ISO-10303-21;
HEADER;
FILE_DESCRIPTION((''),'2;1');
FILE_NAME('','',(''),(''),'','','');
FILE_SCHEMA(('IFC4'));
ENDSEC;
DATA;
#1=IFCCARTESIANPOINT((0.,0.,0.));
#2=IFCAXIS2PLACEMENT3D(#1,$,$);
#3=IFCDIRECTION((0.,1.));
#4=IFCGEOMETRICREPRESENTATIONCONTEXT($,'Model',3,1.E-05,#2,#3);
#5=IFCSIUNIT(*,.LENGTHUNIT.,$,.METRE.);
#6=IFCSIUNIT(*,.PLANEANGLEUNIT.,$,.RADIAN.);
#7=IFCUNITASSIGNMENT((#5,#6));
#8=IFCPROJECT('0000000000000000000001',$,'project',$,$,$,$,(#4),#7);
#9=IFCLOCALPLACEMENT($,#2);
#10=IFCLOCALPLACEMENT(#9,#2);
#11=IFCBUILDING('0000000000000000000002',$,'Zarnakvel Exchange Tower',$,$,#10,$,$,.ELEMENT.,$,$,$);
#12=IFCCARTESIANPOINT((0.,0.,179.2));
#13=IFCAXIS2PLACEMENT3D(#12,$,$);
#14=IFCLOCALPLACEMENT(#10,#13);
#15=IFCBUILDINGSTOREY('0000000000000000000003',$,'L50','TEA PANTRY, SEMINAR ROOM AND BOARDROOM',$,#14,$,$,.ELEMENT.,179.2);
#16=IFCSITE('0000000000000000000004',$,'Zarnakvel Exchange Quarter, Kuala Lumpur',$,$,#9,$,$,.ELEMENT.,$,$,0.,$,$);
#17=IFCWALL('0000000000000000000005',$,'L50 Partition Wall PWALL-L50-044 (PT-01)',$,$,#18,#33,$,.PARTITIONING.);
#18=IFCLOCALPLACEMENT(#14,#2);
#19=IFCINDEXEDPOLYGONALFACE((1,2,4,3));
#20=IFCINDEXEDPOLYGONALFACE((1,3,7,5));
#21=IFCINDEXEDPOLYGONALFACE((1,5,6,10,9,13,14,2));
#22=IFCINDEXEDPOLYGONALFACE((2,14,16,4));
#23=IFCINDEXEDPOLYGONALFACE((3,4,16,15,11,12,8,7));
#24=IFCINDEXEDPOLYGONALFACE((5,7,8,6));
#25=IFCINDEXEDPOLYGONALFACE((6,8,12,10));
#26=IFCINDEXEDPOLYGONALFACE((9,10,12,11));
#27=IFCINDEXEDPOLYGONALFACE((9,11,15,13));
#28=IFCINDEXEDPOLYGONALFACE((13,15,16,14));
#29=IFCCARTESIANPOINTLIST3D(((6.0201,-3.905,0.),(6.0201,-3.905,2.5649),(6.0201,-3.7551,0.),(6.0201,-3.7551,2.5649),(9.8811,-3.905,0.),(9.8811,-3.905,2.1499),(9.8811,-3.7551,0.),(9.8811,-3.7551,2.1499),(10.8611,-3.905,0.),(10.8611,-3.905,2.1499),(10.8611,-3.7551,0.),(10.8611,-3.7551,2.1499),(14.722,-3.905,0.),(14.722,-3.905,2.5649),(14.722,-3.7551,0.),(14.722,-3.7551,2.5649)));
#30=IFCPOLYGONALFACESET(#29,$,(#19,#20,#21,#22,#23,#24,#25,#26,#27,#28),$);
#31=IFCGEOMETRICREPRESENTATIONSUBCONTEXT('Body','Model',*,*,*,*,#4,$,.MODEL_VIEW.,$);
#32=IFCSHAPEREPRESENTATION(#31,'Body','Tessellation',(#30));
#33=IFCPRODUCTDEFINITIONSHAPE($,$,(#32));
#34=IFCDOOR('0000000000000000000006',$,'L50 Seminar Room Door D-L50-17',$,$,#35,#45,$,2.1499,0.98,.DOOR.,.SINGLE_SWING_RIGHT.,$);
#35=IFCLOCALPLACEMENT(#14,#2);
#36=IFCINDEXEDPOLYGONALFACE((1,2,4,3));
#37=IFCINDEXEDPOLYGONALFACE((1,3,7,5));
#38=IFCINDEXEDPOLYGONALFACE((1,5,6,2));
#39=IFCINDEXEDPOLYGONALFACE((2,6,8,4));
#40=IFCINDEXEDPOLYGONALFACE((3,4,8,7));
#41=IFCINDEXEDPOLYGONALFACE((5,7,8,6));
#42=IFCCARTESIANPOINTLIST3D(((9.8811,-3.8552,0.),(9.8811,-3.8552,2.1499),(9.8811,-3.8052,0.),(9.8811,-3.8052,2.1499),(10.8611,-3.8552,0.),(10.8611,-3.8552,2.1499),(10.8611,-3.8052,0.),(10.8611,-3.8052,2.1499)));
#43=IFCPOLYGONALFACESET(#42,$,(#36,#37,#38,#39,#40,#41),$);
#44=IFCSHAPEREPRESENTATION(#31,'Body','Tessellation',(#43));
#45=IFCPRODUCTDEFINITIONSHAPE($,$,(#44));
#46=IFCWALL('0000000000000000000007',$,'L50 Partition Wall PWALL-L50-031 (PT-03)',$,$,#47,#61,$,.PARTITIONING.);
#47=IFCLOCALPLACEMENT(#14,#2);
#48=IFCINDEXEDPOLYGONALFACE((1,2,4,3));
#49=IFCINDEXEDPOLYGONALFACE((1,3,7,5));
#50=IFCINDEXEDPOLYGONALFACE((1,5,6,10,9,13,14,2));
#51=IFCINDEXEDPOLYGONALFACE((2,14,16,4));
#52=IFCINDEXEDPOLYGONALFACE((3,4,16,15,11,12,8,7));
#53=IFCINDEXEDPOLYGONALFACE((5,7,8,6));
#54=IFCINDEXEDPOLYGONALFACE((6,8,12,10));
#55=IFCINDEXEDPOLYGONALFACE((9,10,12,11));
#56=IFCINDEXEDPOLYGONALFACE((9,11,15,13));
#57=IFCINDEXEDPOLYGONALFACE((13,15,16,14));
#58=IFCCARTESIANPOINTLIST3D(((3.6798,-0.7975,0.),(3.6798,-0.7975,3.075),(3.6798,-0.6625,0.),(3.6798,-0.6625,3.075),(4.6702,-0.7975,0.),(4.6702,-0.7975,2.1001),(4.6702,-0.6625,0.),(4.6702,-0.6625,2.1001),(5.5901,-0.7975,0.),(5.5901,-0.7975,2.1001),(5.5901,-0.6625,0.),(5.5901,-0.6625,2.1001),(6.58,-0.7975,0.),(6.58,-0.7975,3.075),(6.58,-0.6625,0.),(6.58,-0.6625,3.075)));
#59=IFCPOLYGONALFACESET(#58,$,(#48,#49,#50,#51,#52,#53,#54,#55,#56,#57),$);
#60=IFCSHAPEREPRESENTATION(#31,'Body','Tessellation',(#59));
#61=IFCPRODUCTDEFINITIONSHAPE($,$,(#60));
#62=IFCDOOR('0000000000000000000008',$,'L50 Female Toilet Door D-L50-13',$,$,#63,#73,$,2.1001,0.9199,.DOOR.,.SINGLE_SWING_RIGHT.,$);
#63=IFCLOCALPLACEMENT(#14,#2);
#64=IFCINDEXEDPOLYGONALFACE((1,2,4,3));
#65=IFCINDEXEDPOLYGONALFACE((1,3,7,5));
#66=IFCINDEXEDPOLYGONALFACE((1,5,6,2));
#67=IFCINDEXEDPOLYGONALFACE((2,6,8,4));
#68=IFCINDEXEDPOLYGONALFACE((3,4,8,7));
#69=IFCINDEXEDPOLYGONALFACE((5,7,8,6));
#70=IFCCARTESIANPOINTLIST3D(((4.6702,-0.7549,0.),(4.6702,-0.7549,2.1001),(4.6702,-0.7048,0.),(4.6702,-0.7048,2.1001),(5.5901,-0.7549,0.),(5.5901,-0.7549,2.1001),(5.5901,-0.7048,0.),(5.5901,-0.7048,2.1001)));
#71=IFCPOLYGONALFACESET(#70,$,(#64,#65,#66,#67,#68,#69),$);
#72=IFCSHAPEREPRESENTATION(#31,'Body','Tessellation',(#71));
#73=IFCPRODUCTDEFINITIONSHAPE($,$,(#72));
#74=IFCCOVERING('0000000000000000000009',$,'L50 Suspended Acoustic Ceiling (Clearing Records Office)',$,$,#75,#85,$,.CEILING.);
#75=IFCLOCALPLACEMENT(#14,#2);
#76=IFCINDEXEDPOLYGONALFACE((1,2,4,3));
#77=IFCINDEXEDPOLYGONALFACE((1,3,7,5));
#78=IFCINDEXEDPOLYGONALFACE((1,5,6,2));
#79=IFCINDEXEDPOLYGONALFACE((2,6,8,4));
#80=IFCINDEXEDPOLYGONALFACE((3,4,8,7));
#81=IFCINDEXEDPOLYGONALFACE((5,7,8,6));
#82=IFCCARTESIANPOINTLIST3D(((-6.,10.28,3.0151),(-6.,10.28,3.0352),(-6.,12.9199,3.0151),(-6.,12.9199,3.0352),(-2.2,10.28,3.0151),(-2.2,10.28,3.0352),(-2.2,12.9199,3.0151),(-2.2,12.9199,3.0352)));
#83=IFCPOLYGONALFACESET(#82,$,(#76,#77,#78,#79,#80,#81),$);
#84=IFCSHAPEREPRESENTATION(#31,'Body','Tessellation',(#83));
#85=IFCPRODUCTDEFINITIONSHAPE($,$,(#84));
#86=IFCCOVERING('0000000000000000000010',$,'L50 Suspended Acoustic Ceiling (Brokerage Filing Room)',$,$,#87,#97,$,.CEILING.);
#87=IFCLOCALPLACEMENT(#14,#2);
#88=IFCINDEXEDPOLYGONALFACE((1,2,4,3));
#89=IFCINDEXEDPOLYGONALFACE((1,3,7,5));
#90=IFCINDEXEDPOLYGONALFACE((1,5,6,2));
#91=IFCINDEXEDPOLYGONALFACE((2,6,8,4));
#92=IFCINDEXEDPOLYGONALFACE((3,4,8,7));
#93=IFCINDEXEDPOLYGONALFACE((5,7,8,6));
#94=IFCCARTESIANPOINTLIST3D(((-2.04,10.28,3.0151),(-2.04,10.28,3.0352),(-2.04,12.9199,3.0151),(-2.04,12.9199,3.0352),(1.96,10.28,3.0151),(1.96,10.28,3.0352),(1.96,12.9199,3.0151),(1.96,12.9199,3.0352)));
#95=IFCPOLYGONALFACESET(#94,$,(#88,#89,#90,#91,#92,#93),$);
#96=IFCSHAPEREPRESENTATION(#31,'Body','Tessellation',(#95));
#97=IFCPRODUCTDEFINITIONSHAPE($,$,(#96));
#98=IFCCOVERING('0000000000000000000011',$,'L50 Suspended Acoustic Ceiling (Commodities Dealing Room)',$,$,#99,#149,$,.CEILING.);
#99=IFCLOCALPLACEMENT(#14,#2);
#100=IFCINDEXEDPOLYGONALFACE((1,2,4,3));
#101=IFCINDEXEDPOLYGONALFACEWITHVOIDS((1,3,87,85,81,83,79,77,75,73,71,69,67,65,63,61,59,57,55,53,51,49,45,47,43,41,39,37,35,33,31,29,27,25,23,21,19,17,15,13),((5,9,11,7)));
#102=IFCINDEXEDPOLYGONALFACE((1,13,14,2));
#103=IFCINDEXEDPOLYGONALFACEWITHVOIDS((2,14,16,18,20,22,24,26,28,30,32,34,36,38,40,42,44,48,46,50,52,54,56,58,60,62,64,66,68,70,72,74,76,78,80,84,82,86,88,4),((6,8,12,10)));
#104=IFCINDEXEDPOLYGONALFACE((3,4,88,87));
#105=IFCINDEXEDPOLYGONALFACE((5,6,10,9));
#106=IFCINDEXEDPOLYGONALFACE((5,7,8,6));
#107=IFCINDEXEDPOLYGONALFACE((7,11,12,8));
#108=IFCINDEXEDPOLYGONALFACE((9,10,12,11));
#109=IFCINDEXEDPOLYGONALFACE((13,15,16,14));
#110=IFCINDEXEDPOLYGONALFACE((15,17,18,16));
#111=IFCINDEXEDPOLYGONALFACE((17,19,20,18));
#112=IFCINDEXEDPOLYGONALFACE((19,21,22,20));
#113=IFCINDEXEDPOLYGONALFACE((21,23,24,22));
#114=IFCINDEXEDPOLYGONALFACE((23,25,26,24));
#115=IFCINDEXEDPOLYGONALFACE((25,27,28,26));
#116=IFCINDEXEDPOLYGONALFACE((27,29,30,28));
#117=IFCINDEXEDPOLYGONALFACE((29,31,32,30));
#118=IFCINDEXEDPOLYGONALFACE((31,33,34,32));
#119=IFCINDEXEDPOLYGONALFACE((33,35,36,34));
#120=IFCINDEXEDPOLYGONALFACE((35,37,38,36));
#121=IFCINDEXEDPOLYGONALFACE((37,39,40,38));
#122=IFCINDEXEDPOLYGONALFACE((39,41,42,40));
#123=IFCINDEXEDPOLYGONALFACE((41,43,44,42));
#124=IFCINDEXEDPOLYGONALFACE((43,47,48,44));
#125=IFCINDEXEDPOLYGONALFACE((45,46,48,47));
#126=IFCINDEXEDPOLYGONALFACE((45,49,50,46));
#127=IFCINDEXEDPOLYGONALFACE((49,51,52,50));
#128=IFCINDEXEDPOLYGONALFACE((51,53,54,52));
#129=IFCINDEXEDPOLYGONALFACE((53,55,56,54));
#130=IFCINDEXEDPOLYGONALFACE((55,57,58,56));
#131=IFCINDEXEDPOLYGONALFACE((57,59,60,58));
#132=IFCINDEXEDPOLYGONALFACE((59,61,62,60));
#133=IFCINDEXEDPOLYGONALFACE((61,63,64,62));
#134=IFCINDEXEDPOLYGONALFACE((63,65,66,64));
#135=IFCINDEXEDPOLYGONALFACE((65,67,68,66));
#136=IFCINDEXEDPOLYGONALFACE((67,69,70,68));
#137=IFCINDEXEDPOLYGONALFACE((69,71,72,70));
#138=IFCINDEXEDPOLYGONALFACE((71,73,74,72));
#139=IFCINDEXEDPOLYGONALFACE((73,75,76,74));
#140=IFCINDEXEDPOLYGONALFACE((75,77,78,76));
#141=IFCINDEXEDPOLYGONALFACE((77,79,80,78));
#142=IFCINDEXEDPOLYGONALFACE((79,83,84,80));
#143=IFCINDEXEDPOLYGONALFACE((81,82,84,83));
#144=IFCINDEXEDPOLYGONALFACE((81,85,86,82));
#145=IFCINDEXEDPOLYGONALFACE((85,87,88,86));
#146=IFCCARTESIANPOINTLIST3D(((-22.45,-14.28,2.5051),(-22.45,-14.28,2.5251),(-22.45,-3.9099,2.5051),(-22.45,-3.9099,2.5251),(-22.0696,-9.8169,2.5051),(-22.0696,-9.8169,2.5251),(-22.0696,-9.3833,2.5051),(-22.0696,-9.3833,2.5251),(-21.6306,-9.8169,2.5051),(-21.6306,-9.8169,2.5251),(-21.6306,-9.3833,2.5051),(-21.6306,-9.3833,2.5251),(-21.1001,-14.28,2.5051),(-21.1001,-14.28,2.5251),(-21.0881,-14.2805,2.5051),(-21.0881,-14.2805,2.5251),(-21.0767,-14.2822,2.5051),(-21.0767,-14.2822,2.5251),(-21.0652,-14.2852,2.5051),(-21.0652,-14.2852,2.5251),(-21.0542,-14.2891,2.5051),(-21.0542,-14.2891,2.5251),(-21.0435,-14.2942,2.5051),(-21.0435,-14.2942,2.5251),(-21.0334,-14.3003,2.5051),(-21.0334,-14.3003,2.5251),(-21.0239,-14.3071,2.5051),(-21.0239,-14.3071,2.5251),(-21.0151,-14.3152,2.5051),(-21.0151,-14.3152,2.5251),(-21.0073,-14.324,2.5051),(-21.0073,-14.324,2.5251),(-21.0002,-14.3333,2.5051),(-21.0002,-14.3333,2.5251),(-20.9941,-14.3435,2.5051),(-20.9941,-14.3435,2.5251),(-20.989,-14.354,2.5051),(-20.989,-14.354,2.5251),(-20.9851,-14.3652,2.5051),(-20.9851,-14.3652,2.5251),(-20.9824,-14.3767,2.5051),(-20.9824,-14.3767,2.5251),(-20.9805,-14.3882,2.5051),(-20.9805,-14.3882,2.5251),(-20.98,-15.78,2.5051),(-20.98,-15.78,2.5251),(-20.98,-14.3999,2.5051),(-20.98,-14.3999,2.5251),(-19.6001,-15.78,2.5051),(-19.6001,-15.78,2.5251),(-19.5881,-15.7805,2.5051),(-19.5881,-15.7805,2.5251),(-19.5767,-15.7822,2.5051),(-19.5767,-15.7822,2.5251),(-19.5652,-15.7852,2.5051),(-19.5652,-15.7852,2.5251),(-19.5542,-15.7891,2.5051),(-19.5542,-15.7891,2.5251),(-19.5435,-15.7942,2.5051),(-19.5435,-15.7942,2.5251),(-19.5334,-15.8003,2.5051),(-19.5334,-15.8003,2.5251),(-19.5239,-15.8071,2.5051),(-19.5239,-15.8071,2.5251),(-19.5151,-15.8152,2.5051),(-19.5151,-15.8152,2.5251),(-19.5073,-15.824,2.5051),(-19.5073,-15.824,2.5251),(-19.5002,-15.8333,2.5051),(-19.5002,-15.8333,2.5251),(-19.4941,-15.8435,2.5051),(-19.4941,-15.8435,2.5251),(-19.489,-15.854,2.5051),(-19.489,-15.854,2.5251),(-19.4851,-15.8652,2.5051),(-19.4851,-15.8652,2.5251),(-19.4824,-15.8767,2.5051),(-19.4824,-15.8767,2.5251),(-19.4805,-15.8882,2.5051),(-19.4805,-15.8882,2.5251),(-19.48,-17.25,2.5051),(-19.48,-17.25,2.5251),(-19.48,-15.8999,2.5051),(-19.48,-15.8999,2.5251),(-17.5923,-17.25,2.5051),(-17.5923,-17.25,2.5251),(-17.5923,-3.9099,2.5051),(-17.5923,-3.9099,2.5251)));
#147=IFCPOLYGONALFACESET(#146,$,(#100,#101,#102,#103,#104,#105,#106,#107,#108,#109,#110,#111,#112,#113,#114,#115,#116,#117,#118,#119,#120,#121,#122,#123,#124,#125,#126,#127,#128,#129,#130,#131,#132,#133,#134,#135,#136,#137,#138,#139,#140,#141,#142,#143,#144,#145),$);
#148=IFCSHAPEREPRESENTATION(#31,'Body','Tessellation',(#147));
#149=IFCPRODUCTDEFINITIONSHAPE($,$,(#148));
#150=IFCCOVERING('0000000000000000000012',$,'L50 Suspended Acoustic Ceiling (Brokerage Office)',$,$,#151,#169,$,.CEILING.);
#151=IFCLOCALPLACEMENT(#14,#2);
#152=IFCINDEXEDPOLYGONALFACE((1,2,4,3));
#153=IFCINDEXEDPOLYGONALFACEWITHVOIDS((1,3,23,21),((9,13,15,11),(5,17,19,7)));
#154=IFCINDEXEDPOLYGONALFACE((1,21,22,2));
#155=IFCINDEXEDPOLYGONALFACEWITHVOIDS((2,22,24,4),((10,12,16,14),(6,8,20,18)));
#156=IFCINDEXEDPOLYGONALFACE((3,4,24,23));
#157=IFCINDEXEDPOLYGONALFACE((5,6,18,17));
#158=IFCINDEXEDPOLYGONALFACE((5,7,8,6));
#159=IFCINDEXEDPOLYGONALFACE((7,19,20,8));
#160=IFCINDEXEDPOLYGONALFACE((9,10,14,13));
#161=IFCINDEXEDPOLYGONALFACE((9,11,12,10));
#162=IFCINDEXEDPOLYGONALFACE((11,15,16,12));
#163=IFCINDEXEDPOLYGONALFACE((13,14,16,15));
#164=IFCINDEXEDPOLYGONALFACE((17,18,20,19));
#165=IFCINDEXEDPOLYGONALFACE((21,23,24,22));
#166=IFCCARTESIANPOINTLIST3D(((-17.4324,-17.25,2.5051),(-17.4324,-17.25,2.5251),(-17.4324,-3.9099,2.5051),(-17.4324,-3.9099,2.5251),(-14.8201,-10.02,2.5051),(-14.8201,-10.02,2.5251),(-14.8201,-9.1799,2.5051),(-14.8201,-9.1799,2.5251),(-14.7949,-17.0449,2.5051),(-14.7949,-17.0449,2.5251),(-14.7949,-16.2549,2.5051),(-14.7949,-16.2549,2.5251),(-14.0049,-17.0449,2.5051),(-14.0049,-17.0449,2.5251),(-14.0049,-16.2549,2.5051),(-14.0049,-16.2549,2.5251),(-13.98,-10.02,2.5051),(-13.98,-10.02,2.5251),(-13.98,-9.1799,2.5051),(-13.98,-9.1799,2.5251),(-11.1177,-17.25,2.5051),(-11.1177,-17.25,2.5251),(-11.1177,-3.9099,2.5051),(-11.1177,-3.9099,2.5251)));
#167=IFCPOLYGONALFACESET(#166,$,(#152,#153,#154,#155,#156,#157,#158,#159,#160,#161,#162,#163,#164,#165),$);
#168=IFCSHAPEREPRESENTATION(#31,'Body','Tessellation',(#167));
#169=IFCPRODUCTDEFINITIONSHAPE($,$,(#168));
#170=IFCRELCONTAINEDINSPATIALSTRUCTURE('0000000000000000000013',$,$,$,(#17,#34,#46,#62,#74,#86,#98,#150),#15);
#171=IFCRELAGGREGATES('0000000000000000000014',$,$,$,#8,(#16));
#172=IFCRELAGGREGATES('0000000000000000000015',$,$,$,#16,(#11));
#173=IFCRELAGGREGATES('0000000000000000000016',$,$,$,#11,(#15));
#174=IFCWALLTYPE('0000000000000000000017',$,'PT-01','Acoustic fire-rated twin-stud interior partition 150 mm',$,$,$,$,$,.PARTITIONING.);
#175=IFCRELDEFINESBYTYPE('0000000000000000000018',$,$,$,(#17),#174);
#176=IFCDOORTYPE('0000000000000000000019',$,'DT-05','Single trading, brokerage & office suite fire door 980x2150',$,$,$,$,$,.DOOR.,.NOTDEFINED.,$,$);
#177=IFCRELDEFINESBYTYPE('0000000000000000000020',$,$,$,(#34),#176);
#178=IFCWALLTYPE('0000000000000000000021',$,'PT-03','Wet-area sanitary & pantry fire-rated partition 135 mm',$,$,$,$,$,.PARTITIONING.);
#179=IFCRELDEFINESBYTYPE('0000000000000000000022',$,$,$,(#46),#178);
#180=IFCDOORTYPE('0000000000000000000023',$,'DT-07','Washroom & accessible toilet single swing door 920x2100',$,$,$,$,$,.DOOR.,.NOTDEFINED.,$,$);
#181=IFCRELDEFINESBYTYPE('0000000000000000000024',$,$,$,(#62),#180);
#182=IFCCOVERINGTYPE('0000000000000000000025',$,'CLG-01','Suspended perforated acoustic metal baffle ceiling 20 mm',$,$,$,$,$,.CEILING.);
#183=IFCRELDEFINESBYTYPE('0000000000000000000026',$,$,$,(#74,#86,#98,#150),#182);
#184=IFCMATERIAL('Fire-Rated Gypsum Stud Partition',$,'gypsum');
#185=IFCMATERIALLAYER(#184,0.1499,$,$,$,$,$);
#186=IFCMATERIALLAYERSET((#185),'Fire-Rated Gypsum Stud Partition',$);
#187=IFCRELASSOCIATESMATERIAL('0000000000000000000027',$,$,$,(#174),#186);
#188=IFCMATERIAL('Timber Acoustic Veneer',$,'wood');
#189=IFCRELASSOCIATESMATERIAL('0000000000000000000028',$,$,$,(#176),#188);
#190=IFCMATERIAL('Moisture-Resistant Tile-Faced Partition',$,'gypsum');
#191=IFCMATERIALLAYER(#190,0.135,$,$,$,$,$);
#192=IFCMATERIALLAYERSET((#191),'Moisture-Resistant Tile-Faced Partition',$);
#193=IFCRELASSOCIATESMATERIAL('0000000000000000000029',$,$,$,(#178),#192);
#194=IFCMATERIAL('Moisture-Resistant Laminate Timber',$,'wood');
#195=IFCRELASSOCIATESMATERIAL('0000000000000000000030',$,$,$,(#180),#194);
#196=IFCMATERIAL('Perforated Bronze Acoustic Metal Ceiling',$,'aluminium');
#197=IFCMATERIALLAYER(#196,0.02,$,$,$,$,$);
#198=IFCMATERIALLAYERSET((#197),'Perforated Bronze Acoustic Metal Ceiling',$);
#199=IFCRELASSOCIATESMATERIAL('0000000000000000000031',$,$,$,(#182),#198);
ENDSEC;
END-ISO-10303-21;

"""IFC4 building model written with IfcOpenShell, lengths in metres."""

from ifc_helpers import new_model, si_unit, direction, frame, frame_2d, origin, place, context, subcontext, project, spatial, polyline, rectangle, outline, extrude, source, transform, mapped, material, layer, layer_set, type_object, element, fill, save


model = new_model("IFC4")

# Units and contexts
model_context = context("Model", 3, precision=1e-05, world=origin(), true_north=direction((0.0, 1.0)))
body_context = subcontext(model_context, "Body", "Model", "MODEL_VIEW")
ifc_project = project(units=[si_unit("LENGTHUNIT", "METRE"), si_unit("PLANEANGLEUNIT", "RADIAN")], contexts=[model_context])

# Site, building, storey
site_placement = place(None, origin())
site = spatial("IfcSite", under=ifc_project, at=site_placement, Name="Zarnakvel Exchange Quarter, Kuala Lumpur", CompositionType="ELEMENT", RefElevation=0.0)
building_placement = place(site_placement, origin())
building = spatial("IfcBuilding", under=site, at=building_placement, Name="Zarnakvel Exchange Tower", CompositionType="ELEMENT")
storey_placement = place(building_placement, frame((0.0, 0.0, 179.2)))
storey = spatial("IfcBuildingStorey", under=building, at=storey_placement, Name="L50", Description="TEA PANTRY, SEMINAR ROOM AND BOARDROOM", CompositionType="ELEMENT", Elevation=179.2)

# Shared definitions
ifc_material_1 = material(Name="Fire-Rated Gypsum Stud Partition", Category="gypsum")
ifc_layer_1 = layer(ifc_material_1, 0.1499)
ifc_layer_set_1 = layer_set([ifc_layer_1], Name="Fire-Rated Gypsum Stud Partition")
wall_type_1 = type_object("IfcWallType", Name="PT-01", Description="Acoustic fire-rated twin-stud interior partition 150 mm", PredefinedType="PARTITIONING", material=ifc_layer_set_1)

# Walls, openings, doors
wall_1_placement = place(storey_placement, frame((6.02, -3.8301, 0.0), z_axis=(0.0, 0.0, 1.0), x_axis=(1.0, 0.0, 0.0)))
wall_1 = element("IfcWall", 1, at=wall_1_placement, inside=storey, type_object=wall_type_1, Name="L50 Partition Wall PWALL-L50-044 (PT-01)", PredefinedType="PARTITIONING", context=body_context, shape_type="SweptSolid", body=[
    extrude(rectangle(XDim=8.7019, YDim=0.1499, at=frame_2d((4.3511, 0.0))), origin(), (0.0, 0.0, 1.0), 2.5649),
])
opening_1_placement = place(wall_1_placement, frame((3.8611, 0.0, 0.0)))
opening_1 = element("IfcOpeningElement", 2, at=opening_1_placement, cuts=wall_1, PredefinedType="OPENING", context=body_context, shape_type="SweptSolid", body=[
    extrude(rectangle(XDim=0.98, YDim=2.1499, at=frame_2d((0.49, 1.075))), frame((0.0, 0.085, 0.0), z_axis=(0.0, -1.0, 0.0), x_axis=(1.0, 0.0, 0.0)), (0.0, 0.0, 1.0), 0.1699),
])
ifc_material_2 = material(Name="Timber Acoustic Veneer", Category="wood")
door_type_1 = type_object("IfcDoorType", Name="DT-05", Description="Single trading, brokerage & office suite fire door 980x2150", OperationType="NOTDEFINED", PredefinedType="DOOR", material=ifc_material_2)
shared_shape_1 = source(origin(), body_context, "Body", "SweptSolid", [
    extrude(rectangle(XDim=0.98, YDim=2.1499, at=frame_2d((0.49, 1.075))), frame((0.0, 0.0249, 0.0), z_axis=(0.0, -1.0, 0.0), x_axis=(1.0, 0.0, 0.0)), (0.0, 0.0, 1.0), 0.05),
])
door_1_placement = place(opening_1_placement, origin())
door_1 = element("IfcDoor", 3, at=door_1_placement, inside=storey, type_object=door_type_1, Name="L50 Seminar Room Door D-L50-17", OperationType="SINGLE_SWING_RIGHT", OverallHeight=2.1499, OverallWidth=0.98, PredefinedType="DOOR", context=body_context, shape_type="MappedRepresentation", body=[
    mapped(shared_shape_1, transform((0.0, 0.0, 0.0), x_axis=(1.0, 0.0, 0.0), y_axis=(0.0, 1.0, 0.0), z_axis=(0.0, 0.0, 1.0), scale=1.0)),
])
fill(opening_1, door_1)
ifc_material_3 = material(Name="Moisture-Resistant Tile-Faced Partition", Category="gypsum")
ifc_layer_2 = layer(ifc_material_3, 0.135)
ifc_layer_set_2 = layer_set([ifc_layer_2], Name="Moisture-Resistant Tile-Faced Partition")
wall_type_2 = type_object("IfcWallType", Name="PT-03", Description="Wet-area sanitary & pantry fire-rated partition 135 mm", PredefinedType="PARTITIONING", material=ifc_layer_set_2)
wall_2_placement = place(storey_placement, frame((6.5801, -0.73, 0.0), z_axis=(0.0, 0.0, 1.0), x_axis=(-1.0, 0.0, 0.0)))
wall_2 = element("IfcWall", 4, at=wall_2_placement, inside=storey, type_object=wall_type_2, Name="L50 Partition Wall PWALL-L50-031 (PT-03)", PredefinedType="PARTITIONING", context=body_context, shape_type="SweptSolid", body=[
    extrude(rectangle(XDim=2.9001, YDim=0.135, at=frame_2d((1.4502, 0.0))), origin(), (0.0, 0.0, 1.0), 3.075),
])
opening_2_placement = place(wall_2_placement, frame((0.99, 0.0, 0.0)))
opening_2 = element("IfcOpeningElement", 5, at=opening_2_placement, cuts=wall_2, PredefinedType="OPENING", context=body_context, shape_type="SweptSolid", body=[
    extrude(rectangle(XDim=0.9199, YDim=2.1001, at=frame_2d((0.46, 1.05))), frame((0.0, 0.0774, 0.0), z_axis=(0.0, -1.0, 0.0), x_axis=(1.0, 0.0, 0.0)), (0.0, 0.0, 1.0), 0.155),
])
ifc_material_4 = material(Name="Moisture-Resistant Laminate Timber", Category="wood")
door_type_2 = type_object("IfcDoorType", Name="DT-07", Description="Washroom & accessible toilet single swing door 920x2100", OperationType="NOTDEFINED", PredefinedType="DOOR", material=ifc_material_4)
shared_shape_2 = source(origin(), body_context, "Body", "SweptSolid", [
    extrude(rectangle(XDim=0.9199, YDim=2.1001, at=frame_2d((0.46, 1.05))), frame((0.0, 0.0249, 0.0), z_axis=(0.0, -1.0, 0.0), x_axis=(1.0, 0.0, 0.0)), (0.0, 0.0, 1.0), 0.05),
])
door_2_placement = place(opening_2_placement, origin())
door_2 = element("IfcDoor", 6, at=door_2_placement, inside=storey, type_object=door_type_2, Name="L50 Female Toilet Door D-L50-13", OperationType="SINGLE_SWING_RIGHT", OverallHeight=2.1001, OverallWidth=0.9199, PredefinedType="DOOR", context=body_context, shape_type="MappedRepresentation", body=[
    mapped(shared_shape_2, transform((0.0, 0.0, 0.0), x_axis=(1.0, 0.0, 0.0), y_axis=(0.0, 1.0, 0.0), z_axis=(0.0, 0.0, 1.0), scale=1.0)),
])
fill(opening_2, door_2)

# Coverings
ifc_material_5 = material(Name="Perforated Bronze Acoustic Metal Ceiling", Category="aluminium")
ifc_layer_3 = layer(ifc_material_5, 0.02)
ifc_layer_set_3 = layer_set([ifc_layer_3], Name="Perforated Bronze Acoustic Metal Ceiling")
covering_type_1 = type_object("IfcCoveringType", Name="CLG-01", Description="Suspended perforated acoustic metal baffle ceiling 20 mm", PredefinedType="CEILING", material=ifc_layer_set_3)
covering_1_placement = place(storey_placement, frame((0.0, 0.0, 3.0151)))
element("IfcCovering", 7, at=covering_1_placement, inside=storey, type_object=covering_type_1, Name="L50 Suspended Acoustic Ceiling (Clearing Records Office)", PredefinedType="CEILING", context=body_context, shape_type="SweptSolid", body=[
    extrude(outline(polyline([(-6.0, 12.9199), (-2.2, 12.9199), (-2.2, 10.28), (-6.0, 10.28), (-6.0, 12.9199)])), origin(), (0.0, 0.0, 1.0), 0.02),
])
covering_2_placement = place(storey_placement, frame((0.0, 0.0, 3.0151)))
element("IfcCovering", 8, at=covering_2_placement, inside=storey, type_object=covering_type_1, Name="L50 Suspended Acoustic Ceiling (Brokerage Filing Room)", PredefinedType="CEILING", context=body_context, shape_type="SweptSolid", body=[
    extrude(outline(polyline([(-2.04, 12.9199), (1.96, 12.9199), (1.96, 10.28), (-2.04, 10.28), (-2.04, 12.9199)])), origin(), (0.0, 0.0, 1.0), 0.02),
])
covering_3_placement = place(storey_placement, frame((0.0, 0.0, 2.5051)))
element("IfcCovering", 9, at=covering_3_placement, inside=storey, type_object=covering_type_1, Name="L50 Suspended Acoustic Ceiling (Commodities Dealing Room)", PredefinedType="CEILING", context=body_context, shape_type="SweptSolid", body=[
    extrude(outline(polyline([(-17.5923, -3.9099), (-17.5923, -17.25), (-19.48, -17.25), (-19.48, -15.8999), (-19.4805, -15.8882), (-19.4824, -15.8767), (-19.4851, -15.8652), (-19.489, -15.854), (-19.4941, -15.8435), (-19.5002, -15.8333), (-19.5073, -15.824), (-19.5151, -15.8152), (-19.5239, -15.8071), (-19.5334, -15.8003), (-19.5435, -15.7942), (-19.5542, -15.7891), (-19.5652, -15.7852), (-19.5767, -15.7822), (-19.5881, -15.7805), (-19.6001, -15.78), (-20.98, -15.78), (-20.98, -14.3999), (-20.9805, -14.3882), (-20.9824, -14.3767), (-20.9851, -14.3652), (-20.989, -14.354), (-20.9941, -14.3435), (-21.0002, -14.3333), (-21.0073, -14.324), (-21.0151, -14.3152), (-21.0239, -14.3071), (-21.0334, -14.3003), (-21.0435, -14.2942), (-21.0542, -14.2891), (-21.0652, -14.2852), (-21.0767, -14.2822), (-21.0881, -14.2805), (-21.1001, -14.28), (-22.45, -14.28), (-22.45, -3.9099), (-17.5923, -3.9099)]), holes=[polyline([(-21.6306, -9.8169), (-21.6306, -9.3833), (-22.0696, -9.3833), (-22.0696, -9.8169), (-21.6306, -9.8169)])]), origin(), (0.0, 0.0, 1.0), 0.02),
])
covering_4_placement = place(storey_placement, frame((0.0, 0.0, 2.5051)))
element("IfcCovering", 10, at=covering_4_placement, inside=storey, type_object=covering_type_1, Name="L50 Suspended Acoustic Ceiling (Brokerage Office)", PredefinedType="CEILING", context=body_context, shape_type="SweptSolid", body=[
    extrude(outline(polyline([(-17.4324, -3.9099), (-11.1177, -3.9099), (-11.1177, -17.25), (-17.4324, -17.25), (-17.4324, -3.9099)]), holes=[polyline([(-13.98, -10.02), (-13.98, -9.1799), (-14.8201, -9.1799), (-14.8201, -10.02), (-13.98, -10.02)]), polyline([(-14.0049, -16.2549), (-14.7949, -16.2549), (-14.7949, -17.0449), (-14.0049, -17.0449), (-14.0049, -16.2549)])]), origin(), (0.0, 0.0, 1.0), 0.02),
])

save(model, "model.ifc")
